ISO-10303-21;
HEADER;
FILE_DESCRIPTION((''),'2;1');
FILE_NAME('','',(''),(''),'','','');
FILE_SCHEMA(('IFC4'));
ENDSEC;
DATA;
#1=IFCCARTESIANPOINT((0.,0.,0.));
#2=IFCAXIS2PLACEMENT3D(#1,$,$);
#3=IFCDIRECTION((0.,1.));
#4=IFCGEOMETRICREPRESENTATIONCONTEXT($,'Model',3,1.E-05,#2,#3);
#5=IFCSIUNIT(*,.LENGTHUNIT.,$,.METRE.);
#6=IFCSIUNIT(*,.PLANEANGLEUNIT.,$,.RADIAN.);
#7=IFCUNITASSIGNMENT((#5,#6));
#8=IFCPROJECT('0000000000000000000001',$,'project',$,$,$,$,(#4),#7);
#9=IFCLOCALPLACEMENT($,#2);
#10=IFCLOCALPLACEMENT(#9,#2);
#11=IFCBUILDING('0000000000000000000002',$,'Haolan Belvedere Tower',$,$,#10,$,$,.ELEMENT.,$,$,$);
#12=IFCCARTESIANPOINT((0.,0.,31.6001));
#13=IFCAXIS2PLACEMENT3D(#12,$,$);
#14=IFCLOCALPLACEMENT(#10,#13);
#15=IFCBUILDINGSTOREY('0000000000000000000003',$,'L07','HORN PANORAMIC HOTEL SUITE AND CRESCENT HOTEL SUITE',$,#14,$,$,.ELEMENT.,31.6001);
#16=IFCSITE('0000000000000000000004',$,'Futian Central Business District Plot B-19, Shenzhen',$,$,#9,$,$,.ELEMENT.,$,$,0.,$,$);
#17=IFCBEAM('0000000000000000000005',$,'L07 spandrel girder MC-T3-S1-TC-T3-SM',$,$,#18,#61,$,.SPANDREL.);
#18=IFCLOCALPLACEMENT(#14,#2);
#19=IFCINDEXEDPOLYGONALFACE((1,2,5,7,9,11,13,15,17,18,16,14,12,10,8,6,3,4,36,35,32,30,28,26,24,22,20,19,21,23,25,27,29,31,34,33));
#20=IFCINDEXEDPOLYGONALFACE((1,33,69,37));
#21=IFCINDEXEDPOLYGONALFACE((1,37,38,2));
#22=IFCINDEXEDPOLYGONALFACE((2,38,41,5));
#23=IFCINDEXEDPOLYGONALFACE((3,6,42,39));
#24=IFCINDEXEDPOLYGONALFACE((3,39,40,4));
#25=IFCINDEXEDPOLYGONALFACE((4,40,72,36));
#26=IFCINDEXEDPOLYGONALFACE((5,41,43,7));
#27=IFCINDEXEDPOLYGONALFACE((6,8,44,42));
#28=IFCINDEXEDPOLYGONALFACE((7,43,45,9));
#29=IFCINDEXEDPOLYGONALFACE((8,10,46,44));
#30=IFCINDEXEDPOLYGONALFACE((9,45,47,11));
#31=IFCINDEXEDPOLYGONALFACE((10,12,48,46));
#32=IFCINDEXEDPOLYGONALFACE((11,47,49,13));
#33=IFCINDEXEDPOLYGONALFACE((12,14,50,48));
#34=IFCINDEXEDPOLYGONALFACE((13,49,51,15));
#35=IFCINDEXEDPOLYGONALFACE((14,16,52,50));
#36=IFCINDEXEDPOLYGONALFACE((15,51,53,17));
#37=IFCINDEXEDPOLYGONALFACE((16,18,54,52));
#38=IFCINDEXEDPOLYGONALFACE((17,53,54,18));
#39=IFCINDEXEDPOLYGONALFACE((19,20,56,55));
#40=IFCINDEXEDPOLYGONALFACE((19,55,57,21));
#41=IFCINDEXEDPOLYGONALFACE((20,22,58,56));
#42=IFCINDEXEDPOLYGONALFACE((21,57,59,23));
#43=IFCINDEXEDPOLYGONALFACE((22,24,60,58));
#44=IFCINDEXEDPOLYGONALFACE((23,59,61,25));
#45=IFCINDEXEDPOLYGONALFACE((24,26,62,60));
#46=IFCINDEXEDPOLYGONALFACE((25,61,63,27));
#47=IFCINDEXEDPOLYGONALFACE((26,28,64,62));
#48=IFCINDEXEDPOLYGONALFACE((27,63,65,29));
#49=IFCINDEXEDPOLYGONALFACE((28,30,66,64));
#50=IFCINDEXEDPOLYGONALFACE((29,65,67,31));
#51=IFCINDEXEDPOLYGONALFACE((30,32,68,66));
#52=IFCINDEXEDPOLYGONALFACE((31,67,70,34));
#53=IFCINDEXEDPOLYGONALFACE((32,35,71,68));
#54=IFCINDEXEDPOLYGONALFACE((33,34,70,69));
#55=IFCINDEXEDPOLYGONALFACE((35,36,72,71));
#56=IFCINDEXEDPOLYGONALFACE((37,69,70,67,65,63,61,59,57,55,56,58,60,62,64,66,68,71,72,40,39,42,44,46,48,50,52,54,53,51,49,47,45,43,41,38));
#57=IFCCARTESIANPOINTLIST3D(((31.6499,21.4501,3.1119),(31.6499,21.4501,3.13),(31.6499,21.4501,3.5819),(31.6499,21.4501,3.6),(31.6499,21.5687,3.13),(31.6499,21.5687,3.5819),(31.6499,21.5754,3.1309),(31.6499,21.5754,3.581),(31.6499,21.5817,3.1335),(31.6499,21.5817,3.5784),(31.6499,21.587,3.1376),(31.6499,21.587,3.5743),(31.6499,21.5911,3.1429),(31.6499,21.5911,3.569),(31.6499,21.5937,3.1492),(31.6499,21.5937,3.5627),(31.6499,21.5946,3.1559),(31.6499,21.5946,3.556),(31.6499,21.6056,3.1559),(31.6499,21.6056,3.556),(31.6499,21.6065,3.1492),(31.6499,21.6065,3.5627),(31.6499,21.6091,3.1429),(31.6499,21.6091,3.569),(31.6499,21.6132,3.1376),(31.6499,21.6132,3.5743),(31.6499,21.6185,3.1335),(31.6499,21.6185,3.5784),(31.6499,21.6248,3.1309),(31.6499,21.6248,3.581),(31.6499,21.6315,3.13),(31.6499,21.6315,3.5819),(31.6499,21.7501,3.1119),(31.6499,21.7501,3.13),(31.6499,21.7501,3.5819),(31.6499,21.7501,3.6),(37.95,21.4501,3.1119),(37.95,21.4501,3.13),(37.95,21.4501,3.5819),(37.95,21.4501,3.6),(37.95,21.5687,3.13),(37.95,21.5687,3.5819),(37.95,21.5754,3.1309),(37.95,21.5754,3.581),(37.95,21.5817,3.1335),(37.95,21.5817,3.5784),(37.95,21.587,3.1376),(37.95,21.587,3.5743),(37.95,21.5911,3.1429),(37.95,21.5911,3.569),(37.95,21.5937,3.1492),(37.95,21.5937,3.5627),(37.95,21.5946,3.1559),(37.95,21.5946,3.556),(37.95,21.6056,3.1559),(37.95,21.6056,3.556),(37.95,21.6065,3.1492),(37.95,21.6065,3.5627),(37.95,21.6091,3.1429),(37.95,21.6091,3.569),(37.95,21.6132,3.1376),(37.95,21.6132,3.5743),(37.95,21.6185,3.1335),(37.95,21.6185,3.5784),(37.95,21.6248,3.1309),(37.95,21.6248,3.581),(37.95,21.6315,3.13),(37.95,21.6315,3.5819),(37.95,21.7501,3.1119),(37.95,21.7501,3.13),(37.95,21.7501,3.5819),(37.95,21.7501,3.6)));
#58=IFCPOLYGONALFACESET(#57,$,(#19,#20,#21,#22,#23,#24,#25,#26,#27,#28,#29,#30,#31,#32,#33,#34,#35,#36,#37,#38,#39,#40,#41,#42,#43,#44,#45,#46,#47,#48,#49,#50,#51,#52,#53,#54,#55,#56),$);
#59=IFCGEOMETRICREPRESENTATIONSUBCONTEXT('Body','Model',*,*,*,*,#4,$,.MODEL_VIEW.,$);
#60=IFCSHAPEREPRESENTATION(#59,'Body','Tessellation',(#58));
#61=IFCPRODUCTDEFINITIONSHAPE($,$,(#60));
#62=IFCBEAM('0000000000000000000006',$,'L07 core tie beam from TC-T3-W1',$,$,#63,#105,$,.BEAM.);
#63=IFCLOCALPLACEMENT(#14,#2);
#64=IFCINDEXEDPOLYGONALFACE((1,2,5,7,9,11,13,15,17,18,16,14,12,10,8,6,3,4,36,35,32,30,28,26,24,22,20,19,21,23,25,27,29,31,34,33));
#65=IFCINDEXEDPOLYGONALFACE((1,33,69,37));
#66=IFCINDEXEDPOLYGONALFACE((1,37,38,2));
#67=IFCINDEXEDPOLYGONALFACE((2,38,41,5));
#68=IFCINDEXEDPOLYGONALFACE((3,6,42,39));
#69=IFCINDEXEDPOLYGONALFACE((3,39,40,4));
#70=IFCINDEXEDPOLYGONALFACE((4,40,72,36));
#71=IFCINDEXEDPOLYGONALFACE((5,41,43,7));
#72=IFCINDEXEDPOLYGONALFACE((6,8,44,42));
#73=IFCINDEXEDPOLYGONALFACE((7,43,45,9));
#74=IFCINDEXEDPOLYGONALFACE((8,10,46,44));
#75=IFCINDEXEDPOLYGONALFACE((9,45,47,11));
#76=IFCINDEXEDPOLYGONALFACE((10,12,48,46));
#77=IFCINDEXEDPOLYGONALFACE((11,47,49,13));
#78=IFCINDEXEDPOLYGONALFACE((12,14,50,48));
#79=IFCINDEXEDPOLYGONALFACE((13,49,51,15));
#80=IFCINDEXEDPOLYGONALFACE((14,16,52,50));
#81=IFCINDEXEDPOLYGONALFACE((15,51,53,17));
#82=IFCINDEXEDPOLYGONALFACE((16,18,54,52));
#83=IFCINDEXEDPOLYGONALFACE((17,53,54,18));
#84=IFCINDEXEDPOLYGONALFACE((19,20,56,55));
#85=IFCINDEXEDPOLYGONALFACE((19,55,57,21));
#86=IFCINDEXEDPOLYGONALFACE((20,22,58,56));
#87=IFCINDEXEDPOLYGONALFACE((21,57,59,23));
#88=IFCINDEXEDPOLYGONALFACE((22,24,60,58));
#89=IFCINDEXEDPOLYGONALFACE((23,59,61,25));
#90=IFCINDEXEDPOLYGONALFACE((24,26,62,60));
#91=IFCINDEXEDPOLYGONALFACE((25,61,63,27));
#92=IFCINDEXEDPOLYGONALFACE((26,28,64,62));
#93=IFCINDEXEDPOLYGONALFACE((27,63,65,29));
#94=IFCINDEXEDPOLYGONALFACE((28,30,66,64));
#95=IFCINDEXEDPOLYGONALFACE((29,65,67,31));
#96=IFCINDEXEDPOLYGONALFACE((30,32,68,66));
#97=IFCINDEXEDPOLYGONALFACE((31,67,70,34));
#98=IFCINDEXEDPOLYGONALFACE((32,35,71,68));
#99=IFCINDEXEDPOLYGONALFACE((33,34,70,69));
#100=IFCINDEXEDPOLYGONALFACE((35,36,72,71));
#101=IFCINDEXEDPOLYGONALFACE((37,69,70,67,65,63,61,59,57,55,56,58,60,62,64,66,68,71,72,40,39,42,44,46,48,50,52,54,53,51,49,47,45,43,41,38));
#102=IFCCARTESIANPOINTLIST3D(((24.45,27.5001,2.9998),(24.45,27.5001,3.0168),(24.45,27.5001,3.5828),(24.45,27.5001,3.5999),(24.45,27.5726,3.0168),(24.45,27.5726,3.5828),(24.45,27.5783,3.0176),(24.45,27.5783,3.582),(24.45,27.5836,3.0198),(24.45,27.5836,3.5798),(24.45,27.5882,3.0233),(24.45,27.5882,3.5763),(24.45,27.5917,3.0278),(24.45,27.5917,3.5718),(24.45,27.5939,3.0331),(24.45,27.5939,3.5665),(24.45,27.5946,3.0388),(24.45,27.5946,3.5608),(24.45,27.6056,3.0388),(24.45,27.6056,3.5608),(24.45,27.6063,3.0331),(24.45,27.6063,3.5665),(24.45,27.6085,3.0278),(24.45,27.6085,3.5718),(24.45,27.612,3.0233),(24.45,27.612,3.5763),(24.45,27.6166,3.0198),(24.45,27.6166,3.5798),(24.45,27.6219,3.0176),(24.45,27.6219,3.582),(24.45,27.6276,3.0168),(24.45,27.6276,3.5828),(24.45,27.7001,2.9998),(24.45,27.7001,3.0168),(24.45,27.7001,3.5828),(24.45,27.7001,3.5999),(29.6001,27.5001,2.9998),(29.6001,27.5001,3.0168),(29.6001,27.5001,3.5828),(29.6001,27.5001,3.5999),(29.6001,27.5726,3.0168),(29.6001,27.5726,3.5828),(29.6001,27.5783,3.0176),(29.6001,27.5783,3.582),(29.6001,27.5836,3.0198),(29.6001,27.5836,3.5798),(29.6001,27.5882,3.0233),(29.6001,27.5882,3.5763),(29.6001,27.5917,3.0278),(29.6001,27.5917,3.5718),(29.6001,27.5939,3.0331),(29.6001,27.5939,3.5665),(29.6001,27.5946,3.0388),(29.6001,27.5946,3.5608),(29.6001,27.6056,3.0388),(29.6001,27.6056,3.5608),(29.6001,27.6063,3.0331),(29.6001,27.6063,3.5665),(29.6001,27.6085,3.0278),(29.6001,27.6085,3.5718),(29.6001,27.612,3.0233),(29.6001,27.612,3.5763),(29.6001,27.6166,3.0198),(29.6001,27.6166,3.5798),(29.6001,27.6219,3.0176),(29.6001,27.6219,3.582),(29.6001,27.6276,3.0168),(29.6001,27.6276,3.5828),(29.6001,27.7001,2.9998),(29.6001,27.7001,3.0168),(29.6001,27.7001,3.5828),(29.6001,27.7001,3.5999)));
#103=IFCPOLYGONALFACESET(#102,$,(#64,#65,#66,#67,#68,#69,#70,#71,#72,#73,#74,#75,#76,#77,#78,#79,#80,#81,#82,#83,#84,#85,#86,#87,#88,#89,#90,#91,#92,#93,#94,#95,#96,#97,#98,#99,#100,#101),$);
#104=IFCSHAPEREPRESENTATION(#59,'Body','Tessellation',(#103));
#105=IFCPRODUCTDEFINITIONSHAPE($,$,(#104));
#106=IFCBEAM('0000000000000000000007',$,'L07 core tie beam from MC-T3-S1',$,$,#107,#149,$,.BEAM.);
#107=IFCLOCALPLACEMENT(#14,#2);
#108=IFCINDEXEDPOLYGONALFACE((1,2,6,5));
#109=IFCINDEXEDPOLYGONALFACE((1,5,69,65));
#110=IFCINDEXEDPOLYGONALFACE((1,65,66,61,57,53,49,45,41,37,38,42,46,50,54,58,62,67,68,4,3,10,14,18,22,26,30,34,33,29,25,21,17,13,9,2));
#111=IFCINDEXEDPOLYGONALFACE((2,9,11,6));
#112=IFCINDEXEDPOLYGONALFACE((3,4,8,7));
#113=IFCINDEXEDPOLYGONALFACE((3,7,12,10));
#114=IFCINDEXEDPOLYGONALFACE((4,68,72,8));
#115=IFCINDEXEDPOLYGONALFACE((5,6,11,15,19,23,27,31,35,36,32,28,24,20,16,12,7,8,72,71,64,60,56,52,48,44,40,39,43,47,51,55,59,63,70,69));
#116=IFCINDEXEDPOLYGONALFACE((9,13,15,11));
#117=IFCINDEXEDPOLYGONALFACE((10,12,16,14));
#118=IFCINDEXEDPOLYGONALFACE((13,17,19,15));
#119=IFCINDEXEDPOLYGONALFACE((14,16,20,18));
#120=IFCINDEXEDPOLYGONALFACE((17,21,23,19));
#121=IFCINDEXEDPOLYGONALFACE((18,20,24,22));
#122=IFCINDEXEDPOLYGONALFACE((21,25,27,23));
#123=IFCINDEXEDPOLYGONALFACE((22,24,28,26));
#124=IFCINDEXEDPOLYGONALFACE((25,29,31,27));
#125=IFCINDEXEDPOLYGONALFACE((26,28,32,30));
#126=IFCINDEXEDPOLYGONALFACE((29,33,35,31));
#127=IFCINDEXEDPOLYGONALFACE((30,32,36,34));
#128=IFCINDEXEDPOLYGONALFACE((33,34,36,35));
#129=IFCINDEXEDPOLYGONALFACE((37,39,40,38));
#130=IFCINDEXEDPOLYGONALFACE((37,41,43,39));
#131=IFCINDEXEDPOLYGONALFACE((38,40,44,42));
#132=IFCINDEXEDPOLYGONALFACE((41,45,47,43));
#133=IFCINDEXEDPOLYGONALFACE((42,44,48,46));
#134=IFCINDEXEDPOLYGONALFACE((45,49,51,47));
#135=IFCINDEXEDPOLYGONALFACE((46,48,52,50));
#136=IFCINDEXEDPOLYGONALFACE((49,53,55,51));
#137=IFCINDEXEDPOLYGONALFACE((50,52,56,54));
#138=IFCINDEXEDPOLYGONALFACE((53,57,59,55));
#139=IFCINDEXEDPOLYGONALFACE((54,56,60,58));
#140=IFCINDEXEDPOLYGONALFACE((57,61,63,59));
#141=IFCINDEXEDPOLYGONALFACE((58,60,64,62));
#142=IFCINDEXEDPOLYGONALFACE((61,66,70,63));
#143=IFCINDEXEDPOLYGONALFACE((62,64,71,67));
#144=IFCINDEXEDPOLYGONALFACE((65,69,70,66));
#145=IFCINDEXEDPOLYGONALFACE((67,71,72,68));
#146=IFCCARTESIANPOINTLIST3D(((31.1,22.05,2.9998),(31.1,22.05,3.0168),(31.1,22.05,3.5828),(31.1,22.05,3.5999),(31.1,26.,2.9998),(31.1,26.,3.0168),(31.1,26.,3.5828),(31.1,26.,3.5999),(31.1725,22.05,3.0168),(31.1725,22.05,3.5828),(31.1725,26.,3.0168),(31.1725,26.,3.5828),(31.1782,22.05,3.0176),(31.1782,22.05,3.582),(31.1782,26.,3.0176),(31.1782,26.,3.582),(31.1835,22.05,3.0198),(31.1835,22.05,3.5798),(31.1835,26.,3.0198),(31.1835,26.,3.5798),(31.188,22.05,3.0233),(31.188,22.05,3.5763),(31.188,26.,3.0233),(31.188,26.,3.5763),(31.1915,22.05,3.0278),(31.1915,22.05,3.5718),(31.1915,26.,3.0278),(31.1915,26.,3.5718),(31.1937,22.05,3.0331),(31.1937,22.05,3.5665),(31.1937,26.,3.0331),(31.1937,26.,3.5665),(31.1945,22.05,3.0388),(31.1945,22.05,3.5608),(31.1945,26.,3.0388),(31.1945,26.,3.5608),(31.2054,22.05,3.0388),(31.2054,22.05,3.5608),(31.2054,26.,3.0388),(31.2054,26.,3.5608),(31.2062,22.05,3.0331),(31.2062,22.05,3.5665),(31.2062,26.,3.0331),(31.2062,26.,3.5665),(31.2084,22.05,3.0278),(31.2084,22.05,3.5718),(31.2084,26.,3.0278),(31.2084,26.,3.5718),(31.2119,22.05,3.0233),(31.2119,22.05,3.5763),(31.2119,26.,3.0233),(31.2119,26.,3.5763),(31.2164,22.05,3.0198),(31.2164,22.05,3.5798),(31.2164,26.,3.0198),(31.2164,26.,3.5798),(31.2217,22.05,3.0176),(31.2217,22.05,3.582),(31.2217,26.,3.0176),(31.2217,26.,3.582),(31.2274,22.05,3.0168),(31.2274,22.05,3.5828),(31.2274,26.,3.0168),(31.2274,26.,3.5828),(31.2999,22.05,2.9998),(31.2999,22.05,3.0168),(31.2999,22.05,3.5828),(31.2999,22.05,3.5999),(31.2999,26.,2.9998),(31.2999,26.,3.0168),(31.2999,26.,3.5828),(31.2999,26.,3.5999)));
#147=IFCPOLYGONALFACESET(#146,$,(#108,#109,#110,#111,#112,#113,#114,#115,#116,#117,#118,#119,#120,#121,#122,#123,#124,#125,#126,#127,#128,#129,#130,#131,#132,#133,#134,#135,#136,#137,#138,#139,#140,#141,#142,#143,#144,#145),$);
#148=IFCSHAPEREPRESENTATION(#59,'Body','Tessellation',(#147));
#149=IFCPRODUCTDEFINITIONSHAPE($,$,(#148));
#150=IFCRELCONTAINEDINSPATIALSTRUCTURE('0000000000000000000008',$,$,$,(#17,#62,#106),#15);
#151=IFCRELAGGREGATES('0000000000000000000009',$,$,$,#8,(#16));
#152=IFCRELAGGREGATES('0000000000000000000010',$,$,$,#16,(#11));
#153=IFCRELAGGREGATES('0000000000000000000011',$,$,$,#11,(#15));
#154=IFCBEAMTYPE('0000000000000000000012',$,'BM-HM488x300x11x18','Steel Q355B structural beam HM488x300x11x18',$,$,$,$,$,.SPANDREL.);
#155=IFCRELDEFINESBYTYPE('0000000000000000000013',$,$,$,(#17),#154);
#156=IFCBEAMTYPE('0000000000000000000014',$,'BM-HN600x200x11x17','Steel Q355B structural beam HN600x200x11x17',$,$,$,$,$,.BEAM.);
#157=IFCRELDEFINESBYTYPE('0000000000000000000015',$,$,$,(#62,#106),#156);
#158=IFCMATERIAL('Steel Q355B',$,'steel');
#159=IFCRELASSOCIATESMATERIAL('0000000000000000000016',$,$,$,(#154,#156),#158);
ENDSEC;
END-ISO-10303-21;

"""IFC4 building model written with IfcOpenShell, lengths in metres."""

from ifc_helpers import new_model, si_unit, direction, frame, origin, origin_2d, place, context, subcontext, project, spatial, i_section, extrude, material, material_profile, profile_set, type_object, element, save


model = new_model("IFC4")

# Units and contexts
model_context = context("Model", 3, precision=1e-05, world=origin(), true_north=direction((0.0, 1.0)))
body_context = subcontext(model_context, "Body", "Model", "MODEL_VIEW")
ifc_project = project(units=[si_unit("LENGTHUNIT", "METRE"), si_unit("PLANEANGLEUNIT", "RADIAN")], contexts=[model_context])

# Site, building, storey
site_placement = place(None, origin())
site = spatial("IfcSite", under=ifc_project, at=site_placement, Name="Futian Central Business District Plot B-19, Shenzhen", CompositionType="ELEMENT", RefElevation=0.0)
building_placement = place(site_placement, origin())
building = spatial("IfcBuilding", under=site, at=building_placement, Name="Haolan Belvedere Tower", CompositionType="ELEMENT")
storey_placement = place(building_placement, frame((0.0, 0.0, 31.6001)))
storey = spatial("IfcBuildingStorey", under=building, at=storey_placement, Name="L07", Description="HORN PANORAMIC HOTEL SUITE AND CRESCENT HOTEL SUITE", CompositionType="ELEMENT", Elevation=31.6001)

# Shared definitions
ifc_material_1 = material(Name="Steel Q355B", Category="steel")

# Beams
ifc_material_profile_1 = material_profile(ifc_material_1, i_section(OverallWidth=0.3, OverallDepth=0.488, WebThickness=0.011, FlangeThickness=0.0181, FilletRadius=0.0259, at=origin_2d()), Name="Steel Q355B")
ifc_profile_set_1 = profile_set([ifc_material_profile_1], Name="Steel Q355B")
beam_type_1 = type_object("IfcBeamType", Name="BM-HM488x300x11x18", Description="Steel Q355B structural beam HM488x300x11x18", PredefinedType="SPANDREL", material=ifc_profile_set_1)
for number, where, z_axis, x_axis, name in (
    (1, (31.6499, 21.6001, 3.356), (1.0, 0.0, 0.0), (0.0, 1.0, 0.0), "L07 spandrel girder MC-T3-S1-TC-T3-SM"),
):
    element("IfcBeam", number, at=place(storey_placement, frame(where, z_axis=z_axis, x_axis=x_axis)), inside=storey, type_object=beam_type_1, Name=name, PredefinedType="SPANDREL", context=body_context, shape_type="SweptSolid", body=[
        extrude(i_section(OverallWidth=0.3, OverallDepth=0.488, WebThickness=0.011, FlangeThickness=0.0181, FilletRadius=0.0259, at=origin_2d()), origin(), (0.0, 0.0, 1.0), 6.3),
    ])
ifc_material_profile_2 = material_profile(ifc_material_1, i_section(OverallWidth=0.2, OverallDepth=0.6001, WebThickness=0.011, FlangeThickness=0.0171, FilletRadius=0.022, at=origin_2d()), Name="Steel Q355B")
ifc_profile_set_2 = profile_set([ifc_material_profile_2], Name="Steel Q355B")
beam_type_2 = type_object("IfcBeamType", Name="BM-HN600x200x11x17", Description="Steel Q355B structural beam HN600x200x11x17", PredefinedType="BEAM", material=ifc_profile_set_2)
beam_1_placement = place(storey_placement, frame((24.45, 27.6001, 3.2998), z_axis=(1.0, 0.0, 0.0), x_axis=(0.0, 1.0, 0.0)))
element("IfcBeam", 2, at=beam_1_placement, inside=storey, type_object=beam_type_2, Name="L07 core tie beam from TC-T3-W1", PredefinedType="BEAM", context=body_context, shape_type="SweptSolid", body=[
    extrude(i_section(OverallWidth=0.2, OverallDepth=0.6001, WebThickness=0.011, FlangeThickness=0.0171, FilletRadius=0.022, at=origin_2d()), origin(), (0.0, 0.0, 1.0), 5.1501),
])
beam_2_placement = place(storey_placement, frame((31.2, 22.05, 3.2998), z_axis=(0.0, 1.0, 0.0), x_axis=(-1.0, 0.0, 0.0)))
element("IfcBeam", 3, at=beam_2_placement, inside=storey, type_object=beam_type_2, Name="L07 core tie beam from MC-T3-S1", PredefinedType="BEAM", context=body_context, shape_type="SweptSolid", body=[
    extrude(i_section(OverallWidth=0.2, OverallDepth=0.6001, WebThickness=0.011, FlangeThickness=0.0171, FilletRadius=0.022, at=origin_2d()), origin(), (0.0, 0.0, 1.0), 3.95),
])

save(model, "model.ifc")
